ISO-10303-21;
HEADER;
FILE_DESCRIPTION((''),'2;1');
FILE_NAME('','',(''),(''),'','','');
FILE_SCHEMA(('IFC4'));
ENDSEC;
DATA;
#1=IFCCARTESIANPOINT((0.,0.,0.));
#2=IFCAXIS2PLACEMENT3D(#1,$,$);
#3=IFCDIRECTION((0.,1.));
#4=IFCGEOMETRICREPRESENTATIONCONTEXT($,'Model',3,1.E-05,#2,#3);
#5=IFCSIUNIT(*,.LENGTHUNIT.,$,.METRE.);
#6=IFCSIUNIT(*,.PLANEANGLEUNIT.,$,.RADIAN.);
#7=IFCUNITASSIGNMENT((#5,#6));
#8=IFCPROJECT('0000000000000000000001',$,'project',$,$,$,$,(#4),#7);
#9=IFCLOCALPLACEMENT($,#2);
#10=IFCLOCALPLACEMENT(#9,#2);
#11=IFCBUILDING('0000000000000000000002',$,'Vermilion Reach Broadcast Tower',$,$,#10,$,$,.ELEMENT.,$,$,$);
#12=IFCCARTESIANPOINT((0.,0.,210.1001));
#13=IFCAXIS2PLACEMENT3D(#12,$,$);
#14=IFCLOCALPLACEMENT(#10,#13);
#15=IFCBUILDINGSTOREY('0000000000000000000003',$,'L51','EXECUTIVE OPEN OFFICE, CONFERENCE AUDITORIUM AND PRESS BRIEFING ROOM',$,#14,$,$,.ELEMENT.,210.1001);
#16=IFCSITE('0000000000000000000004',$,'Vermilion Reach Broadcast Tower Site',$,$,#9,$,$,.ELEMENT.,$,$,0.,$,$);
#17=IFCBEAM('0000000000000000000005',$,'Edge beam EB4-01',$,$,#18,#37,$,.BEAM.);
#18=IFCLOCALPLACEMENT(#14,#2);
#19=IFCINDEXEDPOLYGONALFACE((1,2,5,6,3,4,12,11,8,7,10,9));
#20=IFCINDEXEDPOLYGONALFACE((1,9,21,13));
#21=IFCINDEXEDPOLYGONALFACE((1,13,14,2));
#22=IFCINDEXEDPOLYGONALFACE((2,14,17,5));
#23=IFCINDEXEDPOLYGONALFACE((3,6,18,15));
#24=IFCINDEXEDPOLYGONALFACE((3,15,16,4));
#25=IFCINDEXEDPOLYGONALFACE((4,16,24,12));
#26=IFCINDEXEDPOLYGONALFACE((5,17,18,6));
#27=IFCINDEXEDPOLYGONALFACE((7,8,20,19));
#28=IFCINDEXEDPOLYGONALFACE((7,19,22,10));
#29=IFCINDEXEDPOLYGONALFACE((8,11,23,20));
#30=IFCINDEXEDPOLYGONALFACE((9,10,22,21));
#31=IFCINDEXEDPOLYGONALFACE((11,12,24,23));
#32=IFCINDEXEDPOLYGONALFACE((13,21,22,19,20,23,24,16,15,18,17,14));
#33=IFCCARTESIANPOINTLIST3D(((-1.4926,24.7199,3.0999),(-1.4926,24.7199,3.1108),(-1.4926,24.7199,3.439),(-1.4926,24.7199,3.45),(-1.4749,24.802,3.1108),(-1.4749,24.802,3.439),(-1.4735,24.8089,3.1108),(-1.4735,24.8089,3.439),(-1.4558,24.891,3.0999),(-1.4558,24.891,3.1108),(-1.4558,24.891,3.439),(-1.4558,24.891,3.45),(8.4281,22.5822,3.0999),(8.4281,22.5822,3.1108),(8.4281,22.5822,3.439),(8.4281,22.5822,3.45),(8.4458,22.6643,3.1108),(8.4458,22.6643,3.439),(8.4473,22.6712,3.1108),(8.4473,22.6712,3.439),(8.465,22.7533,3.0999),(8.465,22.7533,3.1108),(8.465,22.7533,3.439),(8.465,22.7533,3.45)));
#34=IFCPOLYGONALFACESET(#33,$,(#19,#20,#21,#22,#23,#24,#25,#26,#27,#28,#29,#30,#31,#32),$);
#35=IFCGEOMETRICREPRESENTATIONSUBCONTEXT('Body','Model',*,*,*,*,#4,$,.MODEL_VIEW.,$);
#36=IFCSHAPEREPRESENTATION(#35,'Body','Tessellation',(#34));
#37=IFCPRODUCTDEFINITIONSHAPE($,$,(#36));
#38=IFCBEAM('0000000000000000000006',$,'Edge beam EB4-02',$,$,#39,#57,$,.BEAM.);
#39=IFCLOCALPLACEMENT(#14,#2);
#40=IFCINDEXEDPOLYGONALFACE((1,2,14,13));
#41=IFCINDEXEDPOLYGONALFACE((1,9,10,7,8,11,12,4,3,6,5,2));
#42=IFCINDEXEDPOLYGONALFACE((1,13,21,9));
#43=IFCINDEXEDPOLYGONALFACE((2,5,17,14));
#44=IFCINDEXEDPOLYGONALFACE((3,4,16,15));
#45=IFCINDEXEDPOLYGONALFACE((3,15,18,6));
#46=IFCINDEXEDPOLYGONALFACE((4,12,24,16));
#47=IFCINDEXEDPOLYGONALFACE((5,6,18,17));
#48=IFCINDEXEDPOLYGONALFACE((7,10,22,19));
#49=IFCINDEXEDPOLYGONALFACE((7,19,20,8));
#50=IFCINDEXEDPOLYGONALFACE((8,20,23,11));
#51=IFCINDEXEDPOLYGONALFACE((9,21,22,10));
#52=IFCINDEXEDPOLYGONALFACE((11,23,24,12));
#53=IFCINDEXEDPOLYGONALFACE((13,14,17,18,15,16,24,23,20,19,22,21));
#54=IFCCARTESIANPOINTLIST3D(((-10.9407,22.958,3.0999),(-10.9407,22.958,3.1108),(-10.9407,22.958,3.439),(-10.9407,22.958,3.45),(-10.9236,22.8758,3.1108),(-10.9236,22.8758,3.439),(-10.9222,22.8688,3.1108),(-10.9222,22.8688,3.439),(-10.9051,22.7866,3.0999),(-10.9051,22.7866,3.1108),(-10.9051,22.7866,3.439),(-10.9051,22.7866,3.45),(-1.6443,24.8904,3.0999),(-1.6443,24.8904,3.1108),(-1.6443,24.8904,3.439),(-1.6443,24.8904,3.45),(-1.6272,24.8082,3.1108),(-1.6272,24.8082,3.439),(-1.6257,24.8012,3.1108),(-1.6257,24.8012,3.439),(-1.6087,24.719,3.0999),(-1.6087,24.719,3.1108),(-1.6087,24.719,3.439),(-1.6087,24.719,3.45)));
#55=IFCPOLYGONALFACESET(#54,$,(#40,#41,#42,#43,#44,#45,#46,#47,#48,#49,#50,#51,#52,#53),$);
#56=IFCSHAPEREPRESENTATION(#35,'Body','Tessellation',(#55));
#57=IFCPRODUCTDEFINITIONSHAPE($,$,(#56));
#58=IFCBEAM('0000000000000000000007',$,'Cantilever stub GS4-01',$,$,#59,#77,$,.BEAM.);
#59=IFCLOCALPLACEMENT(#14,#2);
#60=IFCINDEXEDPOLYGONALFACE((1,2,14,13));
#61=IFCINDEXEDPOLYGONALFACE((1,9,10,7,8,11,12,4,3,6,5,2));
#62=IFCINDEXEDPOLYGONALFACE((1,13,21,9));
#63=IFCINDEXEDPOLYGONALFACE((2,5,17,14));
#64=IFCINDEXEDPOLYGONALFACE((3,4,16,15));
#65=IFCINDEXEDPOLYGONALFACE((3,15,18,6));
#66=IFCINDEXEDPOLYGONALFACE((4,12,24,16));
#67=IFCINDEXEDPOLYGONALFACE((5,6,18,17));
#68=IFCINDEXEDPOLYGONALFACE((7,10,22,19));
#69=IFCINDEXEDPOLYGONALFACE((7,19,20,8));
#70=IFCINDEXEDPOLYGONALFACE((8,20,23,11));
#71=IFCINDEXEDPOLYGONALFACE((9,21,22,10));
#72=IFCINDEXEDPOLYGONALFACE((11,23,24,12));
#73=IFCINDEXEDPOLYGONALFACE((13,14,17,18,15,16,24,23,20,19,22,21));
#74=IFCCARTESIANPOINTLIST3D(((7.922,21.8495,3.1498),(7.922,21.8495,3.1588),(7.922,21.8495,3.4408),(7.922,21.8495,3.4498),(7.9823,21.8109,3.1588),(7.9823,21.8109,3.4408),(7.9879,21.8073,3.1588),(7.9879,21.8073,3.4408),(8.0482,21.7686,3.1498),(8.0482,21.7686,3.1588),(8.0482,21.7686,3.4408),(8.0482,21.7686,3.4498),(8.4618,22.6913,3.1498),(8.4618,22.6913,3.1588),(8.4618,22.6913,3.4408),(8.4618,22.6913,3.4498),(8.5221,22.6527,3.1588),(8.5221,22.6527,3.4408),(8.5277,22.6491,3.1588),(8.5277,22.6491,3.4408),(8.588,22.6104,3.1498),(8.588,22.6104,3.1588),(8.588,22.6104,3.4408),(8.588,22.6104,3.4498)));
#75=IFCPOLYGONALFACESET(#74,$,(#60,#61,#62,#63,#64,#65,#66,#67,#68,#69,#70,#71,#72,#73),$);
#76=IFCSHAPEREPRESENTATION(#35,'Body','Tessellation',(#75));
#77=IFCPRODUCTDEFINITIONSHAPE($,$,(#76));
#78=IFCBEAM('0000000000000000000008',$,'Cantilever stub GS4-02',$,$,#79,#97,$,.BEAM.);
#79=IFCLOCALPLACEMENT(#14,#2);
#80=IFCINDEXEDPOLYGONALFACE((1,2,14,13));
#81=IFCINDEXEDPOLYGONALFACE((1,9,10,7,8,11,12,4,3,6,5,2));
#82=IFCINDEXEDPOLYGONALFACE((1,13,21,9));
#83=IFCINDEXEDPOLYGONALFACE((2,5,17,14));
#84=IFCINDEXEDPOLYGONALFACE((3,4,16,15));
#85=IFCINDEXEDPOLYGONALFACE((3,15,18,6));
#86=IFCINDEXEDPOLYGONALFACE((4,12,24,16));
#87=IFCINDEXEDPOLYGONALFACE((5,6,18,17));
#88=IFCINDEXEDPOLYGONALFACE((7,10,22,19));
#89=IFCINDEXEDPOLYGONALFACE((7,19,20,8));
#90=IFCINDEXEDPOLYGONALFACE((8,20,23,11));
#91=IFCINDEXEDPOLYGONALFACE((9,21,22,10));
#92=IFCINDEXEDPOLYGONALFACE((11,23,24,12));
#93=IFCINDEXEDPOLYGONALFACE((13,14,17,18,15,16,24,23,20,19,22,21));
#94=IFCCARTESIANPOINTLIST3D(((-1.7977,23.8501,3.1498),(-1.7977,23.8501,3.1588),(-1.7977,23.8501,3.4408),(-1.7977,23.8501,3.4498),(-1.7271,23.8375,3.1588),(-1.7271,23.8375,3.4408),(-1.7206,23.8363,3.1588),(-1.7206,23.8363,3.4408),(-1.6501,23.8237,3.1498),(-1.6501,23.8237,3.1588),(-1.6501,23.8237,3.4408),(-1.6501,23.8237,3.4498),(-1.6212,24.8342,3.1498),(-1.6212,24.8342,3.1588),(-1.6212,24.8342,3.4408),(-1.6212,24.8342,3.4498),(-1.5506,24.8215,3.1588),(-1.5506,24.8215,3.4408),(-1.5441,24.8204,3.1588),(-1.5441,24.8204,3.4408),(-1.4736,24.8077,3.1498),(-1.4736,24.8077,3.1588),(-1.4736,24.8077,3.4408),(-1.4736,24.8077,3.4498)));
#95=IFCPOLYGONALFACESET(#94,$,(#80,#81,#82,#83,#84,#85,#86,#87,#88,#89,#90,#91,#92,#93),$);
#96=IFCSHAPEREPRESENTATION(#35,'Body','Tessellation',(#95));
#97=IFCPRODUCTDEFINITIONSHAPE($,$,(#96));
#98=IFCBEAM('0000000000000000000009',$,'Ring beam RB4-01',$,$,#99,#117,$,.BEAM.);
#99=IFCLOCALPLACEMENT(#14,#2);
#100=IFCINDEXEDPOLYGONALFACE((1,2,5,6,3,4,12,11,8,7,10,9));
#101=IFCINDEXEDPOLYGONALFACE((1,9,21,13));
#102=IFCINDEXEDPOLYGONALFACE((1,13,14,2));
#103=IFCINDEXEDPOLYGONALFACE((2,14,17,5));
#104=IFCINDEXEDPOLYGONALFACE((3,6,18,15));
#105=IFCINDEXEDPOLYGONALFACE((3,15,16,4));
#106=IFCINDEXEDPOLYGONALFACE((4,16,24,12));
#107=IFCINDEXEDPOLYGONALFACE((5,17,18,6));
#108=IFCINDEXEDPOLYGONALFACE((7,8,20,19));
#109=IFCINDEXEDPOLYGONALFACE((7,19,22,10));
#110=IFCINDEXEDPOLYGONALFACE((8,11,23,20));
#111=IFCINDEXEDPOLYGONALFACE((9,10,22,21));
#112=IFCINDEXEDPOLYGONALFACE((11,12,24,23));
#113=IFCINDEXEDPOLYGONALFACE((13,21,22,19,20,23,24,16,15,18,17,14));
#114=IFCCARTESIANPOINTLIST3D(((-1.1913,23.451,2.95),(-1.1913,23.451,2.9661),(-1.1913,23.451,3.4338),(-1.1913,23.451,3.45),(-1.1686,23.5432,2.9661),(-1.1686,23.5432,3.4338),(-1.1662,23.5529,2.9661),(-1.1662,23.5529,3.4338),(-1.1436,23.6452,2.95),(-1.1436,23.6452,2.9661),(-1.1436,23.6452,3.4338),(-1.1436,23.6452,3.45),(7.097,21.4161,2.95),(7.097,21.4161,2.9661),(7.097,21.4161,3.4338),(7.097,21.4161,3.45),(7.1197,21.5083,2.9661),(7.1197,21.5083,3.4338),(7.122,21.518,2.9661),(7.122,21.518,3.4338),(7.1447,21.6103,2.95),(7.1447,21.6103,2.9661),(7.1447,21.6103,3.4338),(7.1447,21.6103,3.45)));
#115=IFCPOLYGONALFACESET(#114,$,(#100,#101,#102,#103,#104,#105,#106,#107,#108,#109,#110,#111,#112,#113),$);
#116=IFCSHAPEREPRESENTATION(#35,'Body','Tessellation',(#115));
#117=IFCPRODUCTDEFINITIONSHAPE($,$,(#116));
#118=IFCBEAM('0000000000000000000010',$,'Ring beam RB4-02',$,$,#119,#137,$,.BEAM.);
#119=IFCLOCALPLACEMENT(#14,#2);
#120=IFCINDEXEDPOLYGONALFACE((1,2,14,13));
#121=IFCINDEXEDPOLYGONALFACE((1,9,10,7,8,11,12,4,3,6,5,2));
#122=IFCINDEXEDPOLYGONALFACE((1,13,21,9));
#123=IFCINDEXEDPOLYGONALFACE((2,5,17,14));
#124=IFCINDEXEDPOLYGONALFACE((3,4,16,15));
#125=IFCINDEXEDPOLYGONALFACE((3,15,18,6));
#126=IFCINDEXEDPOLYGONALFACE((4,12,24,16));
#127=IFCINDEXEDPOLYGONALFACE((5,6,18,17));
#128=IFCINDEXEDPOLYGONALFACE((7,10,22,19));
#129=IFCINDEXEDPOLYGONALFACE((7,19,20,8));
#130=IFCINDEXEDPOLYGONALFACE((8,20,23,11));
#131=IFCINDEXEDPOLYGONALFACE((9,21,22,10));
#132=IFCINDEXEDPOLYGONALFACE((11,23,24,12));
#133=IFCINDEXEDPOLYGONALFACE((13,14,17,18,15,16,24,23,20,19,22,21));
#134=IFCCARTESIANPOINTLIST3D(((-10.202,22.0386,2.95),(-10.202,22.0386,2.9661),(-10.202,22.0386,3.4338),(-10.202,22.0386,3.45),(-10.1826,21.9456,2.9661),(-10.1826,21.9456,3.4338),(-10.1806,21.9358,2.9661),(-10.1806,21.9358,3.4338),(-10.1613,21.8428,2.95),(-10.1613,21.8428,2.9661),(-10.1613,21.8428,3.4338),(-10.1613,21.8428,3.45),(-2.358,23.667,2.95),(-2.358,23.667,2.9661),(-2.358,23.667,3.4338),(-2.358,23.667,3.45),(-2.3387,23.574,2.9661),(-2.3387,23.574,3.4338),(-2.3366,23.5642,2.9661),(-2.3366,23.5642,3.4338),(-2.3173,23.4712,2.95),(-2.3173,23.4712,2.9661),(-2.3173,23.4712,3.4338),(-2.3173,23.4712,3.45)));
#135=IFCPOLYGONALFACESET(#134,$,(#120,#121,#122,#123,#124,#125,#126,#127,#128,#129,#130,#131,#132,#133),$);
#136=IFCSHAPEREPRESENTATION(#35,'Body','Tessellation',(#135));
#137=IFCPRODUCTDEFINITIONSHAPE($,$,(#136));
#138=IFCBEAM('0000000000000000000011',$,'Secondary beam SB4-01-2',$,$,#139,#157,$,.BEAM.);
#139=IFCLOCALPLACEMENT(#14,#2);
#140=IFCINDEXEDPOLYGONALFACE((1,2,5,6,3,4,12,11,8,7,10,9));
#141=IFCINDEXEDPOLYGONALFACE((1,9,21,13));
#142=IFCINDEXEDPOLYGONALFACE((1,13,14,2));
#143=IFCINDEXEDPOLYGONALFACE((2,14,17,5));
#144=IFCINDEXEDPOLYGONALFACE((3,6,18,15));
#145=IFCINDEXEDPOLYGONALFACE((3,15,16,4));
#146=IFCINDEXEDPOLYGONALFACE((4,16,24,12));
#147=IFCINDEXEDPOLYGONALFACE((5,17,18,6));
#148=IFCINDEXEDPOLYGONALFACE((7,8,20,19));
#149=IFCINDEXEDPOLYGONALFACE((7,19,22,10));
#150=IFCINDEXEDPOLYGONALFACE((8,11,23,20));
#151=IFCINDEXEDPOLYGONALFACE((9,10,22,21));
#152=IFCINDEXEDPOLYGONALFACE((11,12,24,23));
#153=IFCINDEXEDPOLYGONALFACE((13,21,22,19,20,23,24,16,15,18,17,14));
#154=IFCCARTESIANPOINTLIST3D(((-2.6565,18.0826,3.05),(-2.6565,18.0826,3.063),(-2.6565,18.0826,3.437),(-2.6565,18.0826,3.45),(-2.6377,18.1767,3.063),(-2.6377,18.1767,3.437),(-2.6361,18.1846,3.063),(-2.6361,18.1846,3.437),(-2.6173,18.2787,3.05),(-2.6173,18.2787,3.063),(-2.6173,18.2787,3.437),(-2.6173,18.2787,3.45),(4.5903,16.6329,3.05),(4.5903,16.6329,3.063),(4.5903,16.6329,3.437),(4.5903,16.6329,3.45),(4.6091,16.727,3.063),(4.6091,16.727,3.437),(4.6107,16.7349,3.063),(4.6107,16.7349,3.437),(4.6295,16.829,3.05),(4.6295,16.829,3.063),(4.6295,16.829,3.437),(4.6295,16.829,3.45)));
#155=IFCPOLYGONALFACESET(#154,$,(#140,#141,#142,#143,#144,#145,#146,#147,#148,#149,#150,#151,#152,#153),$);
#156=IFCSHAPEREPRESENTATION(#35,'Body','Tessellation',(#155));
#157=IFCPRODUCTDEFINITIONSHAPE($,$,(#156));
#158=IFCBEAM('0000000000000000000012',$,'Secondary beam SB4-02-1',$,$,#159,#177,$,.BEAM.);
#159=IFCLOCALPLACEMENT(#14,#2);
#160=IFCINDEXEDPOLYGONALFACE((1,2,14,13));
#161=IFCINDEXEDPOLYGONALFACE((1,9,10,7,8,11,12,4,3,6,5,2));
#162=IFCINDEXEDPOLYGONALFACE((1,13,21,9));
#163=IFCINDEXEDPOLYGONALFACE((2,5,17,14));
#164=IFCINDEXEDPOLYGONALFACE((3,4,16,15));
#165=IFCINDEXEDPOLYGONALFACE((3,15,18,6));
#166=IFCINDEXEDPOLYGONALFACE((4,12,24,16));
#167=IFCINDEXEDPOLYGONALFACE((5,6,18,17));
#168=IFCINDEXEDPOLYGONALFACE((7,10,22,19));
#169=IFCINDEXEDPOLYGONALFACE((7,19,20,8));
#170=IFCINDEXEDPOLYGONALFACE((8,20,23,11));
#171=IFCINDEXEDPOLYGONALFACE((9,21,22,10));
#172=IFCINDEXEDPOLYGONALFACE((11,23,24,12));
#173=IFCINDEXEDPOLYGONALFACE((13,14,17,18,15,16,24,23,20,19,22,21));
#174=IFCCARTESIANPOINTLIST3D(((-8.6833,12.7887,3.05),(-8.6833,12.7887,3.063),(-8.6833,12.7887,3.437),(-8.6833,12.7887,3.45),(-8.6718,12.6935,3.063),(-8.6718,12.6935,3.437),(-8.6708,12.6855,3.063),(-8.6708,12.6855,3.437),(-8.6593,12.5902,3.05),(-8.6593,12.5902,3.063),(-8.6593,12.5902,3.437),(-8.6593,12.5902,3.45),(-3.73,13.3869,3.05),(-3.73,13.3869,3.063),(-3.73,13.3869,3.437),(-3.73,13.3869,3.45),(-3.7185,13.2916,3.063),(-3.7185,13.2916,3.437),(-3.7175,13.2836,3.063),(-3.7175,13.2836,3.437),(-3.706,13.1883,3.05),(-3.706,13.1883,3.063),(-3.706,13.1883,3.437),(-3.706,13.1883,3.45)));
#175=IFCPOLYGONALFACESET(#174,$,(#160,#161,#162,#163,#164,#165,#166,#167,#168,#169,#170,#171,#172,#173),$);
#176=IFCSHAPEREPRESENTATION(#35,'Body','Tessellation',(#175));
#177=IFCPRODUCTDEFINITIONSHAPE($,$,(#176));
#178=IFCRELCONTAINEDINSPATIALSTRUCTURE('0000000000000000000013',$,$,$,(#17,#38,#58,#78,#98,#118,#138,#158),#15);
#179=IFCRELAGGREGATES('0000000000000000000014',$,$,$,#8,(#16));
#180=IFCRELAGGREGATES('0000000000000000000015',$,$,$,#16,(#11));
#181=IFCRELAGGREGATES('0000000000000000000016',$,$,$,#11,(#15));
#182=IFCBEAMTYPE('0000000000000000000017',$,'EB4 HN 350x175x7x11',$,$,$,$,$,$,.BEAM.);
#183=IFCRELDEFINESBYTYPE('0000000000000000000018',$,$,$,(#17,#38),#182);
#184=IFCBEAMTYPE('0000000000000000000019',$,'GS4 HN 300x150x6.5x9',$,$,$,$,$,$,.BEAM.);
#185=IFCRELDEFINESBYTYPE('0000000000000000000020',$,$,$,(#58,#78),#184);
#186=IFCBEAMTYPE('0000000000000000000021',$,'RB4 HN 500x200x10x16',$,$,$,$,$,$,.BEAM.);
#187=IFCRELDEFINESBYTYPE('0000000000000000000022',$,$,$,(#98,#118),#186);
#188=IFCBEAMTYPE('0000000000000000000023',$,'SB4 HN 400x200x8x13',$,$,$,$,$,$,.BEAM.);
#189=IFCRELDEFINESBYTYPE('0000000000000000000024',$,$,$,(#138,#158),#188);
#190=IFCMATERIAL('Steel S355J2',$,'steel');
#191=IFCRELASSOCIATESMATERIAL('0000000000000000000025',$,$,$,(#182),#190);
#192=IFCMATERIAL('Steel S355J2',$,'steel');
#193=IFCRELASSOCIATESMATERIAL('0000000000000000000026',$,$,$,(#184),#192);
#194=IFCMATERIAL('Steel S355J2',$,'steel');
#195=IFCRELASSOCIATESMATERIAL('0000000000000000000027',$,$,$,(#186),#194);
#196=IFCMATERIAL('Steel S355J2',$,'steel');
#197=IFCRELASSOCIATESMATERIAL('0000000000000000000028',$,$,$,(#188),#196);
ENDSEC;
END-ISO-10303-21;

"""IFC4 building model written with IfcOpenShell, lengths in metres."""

from ifc_helpers import new_model, si_unit, direction, frame, origin, origin_2d, place, context, subcontext, project, spatial, i_section, extrude, material, material_profile, profile_set, type_object, element, save


model = new_model("IFC4")

# Units and contexts
model_context = context("Model", 3, precision=1e-05, world=origin(), true_north=direction((0.0, 1.0)))
body_context = subcontext(model_context, "Body", "Model", "MODEL_VIEW")
ifc_project = project(units=[si_unit("LENGTHUNIT", "METRE"), si_unit("PLANEANGLEUNIT", "RADIAN")], contexts=[model_context])

# Site, building, storey
site_placement = place(None, origin())
site = spatial("IfcSite", under=ifc_project, at=site_placement, Name="Vermilion Reach Broadcast Tower Site", CompositionType="ELEMENT", RefElevation=0.0)
building_placement = place(site_placement, origin())
building = spatial("IfcBuilding", under=site, at=building_placement, Name="Vermilion Reach Broadcast Tower", CompositionType="ELEMENT")
storey_placement = place(building_placement, frame((0.0, 0.0, 210.1001)))
storey = spatial("IfcBuildingStorey", under=building, at=storey_placement, Name="L51", Description="EXECUTIVE OPEN OFFICE, CONFERENCE AUDITORIUM AND PRESS BRIEFING ROOM", CompositionType="ELEMENT", Elevation=210.1001)

# Beams
ifc_material_1 = material(Name="Steel S355J2", Category="steel")
ifc_material_profile_1 = material_profile(ifc_material_1, i_section(OverallWidth=0.175, OverallDepth=0.3501, WebThickness=0.0071, FlangeThickness=0.011, at=origin_2d()), Name="S355J2 HN 350x175x7x11")
ifc_profile_set_1 = profile_set([ifc_material_profile_1], Name="Steel S355J2")
beam_type_1 = type_object("IfcBeamType", Name="EB4 HN 350x175x7x11", PredefinedType="BEAM", material=ifc_profile_set_1)
beam_1_placement = place(storey_placement, frame((8.4465, 22.6677, 3.2749), z_axis=(-0.977563, 0.210645, 0.0), x_axis=(-0.210645, -0.977563, 0.0)))
element("IfcBeam", 1, at=beam_1_placement, inside=storey, type_object=beam_type_1, Name="Edge beam EB4-01", PredefinedType="BEAM", context=body_context, shape_type="SweptSolid", body=[
    extrude(i_section(OverallWidth=0.175, OverallDepth=0.3501, WebThickness=0.0071, FlangeThickness=0.011, at=origin_2d()), origin(), (0.0, 0.0, 1.0), 10.1484),
])
beam_2_placement = place(storey_placement, frame((-1.6265, 24.8047, 3.2749), z_axis=(-0.979072, -0.203513, 0.0), x_axis=(0.203513, -0.979072, 0.0)))
element("IfcBeam", 2, at=beam_2_placement, inside=storey, type_object=beam_type_1, Name="Edge beam EB4-02", PredefinedType="BEAM", context=body_context, shape_type="SweptSolid", body=[
    extrude(i_section(OverallWidth=0.175, OverallDepth=0.3501, WebThickness=0.0071, FlangeThickness=0.011, at=origin_2d()), origin(), (0.0, 0.0, 1.0), 9.4951),
])
ifc_material_2 = material(Name="Steel S355J2", Category="steel")
ifc_material_profile_2 = material_profile(ifc_material_2, i_section(OverallWidth=0.1499, OverallDepth=0.3, WebThickness=0.0066, FlangeThickness=0.009, at=origin_2d()), Name="S355J2 HN 300x150x6.5x9")
ifc_profile_set_2 = profile_set([ifc_material_profile_2], Name="Steel S355J2")
beam_type_2 = type_object("IfcBeamType", Name="GS4 HN 300x150x6.5x9", PredefinedType="BEAM", material=ifc_profile_set_2)
beam_3_placement = place(storey_placement, frame((7.9851, 21.8091, 3.2998), z_axis=(0.539795, 0.841797, 0.0), x_axis=(-0.841797, 0.539795, 0.0)))
element("IfcBeam", 3, at=beam_3_placement, inside=storey, type_object=beam_type_2, Name="Cantilever stub GS4-01", PredefinedType="BEAM", context=body_context, shape_type="SweptSolid", body=[
    extrude(i_section(OverallWidth=0.1499, OverallDepth=0.3, WebThickness=0.0066, FlangeThickness=0.009, at=origin_2d()), origin(), (0.0, 0.0, 1.0), 1.0),
])
beam_4_placement = place(storey_placement, frame((-1.7239, 23.8369, 3.2998), z_axis=(0.176543, 0.984293, 0.0), x_axis=(-0.984293, 0.176543, 0.0)))
element("IfcBeam", 4, at=beam_4_placement, inside=storey, type_object=beam_type_2, Name="Cantilever stub GS4-02", PredefinedType="BEAM", context=body_context, shape_type="SweptSolid", body=[
    extrude(i_section(OverallWidth=0.1499, OverallDepth=0.3, WebThickness=0.0066, FlangeThickness=0.009, at=origin_2d()), origin(), (0.0, 0.0, 1.0), 0.9998),
])
ifc_material_3 = material(Name="Steel S355J2", Category="steel")
ifc_material_profile_3 = material_profile(ifc_material_3, i_section(OverallWidth=0.2, OverallDepth=0.5, WebThickness=0.01, FlangeThickness=0.0161, at=origin_2d()), Name="S355J2 HN 500x200x10x16")
ifc_profile_set_3 = profile_set([ifc_material_profile_3], Name="Steel S355J2")
beam_type_3 = type_object("IfcBeamType", Name="RB4 HN 500x200x10x16", PredefinedType="BEAM", material=ifc_profile_set_3)
beam_5_placement = place(storey_placement, frame((7.1208, 21.5132, 3.2), z_axis=(-0.971159, 0.238434, 0.0), x_axis=(-0.238434, -0.971159, 0.0)))
element("IfcBeam", 5, at=beam_5_placement, inside=storey, type_object=beam_type_3, Name="Ring beam RB4-01", PredefinedType="BEAM", context=body_context, shape_type="SweptSolid", body=[
    extrude(i_section(OverallWidth=0.2, OverallDepth=0.5, WebThickness=0.01, FlangeThickness=0.0161, at=origin_2d()), origin(), (0.0, 0.0, 1.0), 8.5344),
])
beam_6_placement = place(storey_placement, frame((-2.3376, 23.5691, 3.2), z_axis=(-0.979123, -0.203267, 0.0), x_axis=(0.203267, -0.979123, 0.0)))
element("IfcBeam", 6, at=beam_6_placement, inside=storey, type_object=beam_type_3, Name="Ring beam RB4-02", PredefinedType="BEAM", context=body_context, shape_type="SweptSolid", body=[
    extrude(i_section(OverallWidth=0.2, OverallDepth=0.5, WebThickness=0.01, FlangeThickness=0.0161, at=origin_2d()), origin(), (0.0, 0.0, 1.0), 8.0112),
])
ifc_material_4 = material(Name="Steel S355J2", Category="steel")
ifc_material_profile_4 = material_profile(ifc_material_4, i_section(OverallWidth=0.2, OverallDepth=0.3999, WebThickness=0.0081, FlangeThickness=0.0129, at=origin_2d()), Name="S355J2 HN 400x200x8x13")
ifc_profile_set_4 = profile_set([ifc_material_profile_4], Name="Steel S355J2")
beam_type_4 = type_object("IfcBeamType", Name="SB4 HN 400x200x8x13", PredefinedType="BEAM", material=ifc_profile_set_4)
beam_7_placement = place(storey_placement, frame((4.6099, 16.731, 3.25), z_axis=(-0.980572, 0.196161, 0.0), x_axis=(-0.196161, -0.980572, 0.0)))
element("IfcBeam", 7, at=beam_7_placement, inside=storey, type_object=beam_type_4, Name="Secondary beam SB4-01-2", PredefinedType="BEAM", context=body_context, shape_type="SweptSolid", body=[
    extrude(i_section(OverallWidth=0.2, OverallDepth=0.3999, WebThickness=0.0081, FlangeThickness=0.0129, at=origin_2d()), origin(), (0.0, 0.0, 1.0), 7.3904),
])
beam_8_placement = place(storey_placement, frame((-3.718, 13.2876, 3.25), z_axis=(-0.992788, -0.119884, 0.0), x_axis=(0.119884, -0.992788, 0.0)))
element("IfcBeam", 8, at=beam_8_placement, inside=storey, type_object=beam_type_4, Name="Secondary beam SB4-02-1", PredefinedType="BEAM", context=body_context, shape_type="SweptSolid", body=[
    extrude(i_section(OverallWidth=0.2, OverallDepth=0.3999, WebThickness=0.0081, FlangeThickness=0.0129, at=origin_2d()), origin(), (0.0, 0.0, 1.0), 4.9893),
])

save(model, "model.ifc")
